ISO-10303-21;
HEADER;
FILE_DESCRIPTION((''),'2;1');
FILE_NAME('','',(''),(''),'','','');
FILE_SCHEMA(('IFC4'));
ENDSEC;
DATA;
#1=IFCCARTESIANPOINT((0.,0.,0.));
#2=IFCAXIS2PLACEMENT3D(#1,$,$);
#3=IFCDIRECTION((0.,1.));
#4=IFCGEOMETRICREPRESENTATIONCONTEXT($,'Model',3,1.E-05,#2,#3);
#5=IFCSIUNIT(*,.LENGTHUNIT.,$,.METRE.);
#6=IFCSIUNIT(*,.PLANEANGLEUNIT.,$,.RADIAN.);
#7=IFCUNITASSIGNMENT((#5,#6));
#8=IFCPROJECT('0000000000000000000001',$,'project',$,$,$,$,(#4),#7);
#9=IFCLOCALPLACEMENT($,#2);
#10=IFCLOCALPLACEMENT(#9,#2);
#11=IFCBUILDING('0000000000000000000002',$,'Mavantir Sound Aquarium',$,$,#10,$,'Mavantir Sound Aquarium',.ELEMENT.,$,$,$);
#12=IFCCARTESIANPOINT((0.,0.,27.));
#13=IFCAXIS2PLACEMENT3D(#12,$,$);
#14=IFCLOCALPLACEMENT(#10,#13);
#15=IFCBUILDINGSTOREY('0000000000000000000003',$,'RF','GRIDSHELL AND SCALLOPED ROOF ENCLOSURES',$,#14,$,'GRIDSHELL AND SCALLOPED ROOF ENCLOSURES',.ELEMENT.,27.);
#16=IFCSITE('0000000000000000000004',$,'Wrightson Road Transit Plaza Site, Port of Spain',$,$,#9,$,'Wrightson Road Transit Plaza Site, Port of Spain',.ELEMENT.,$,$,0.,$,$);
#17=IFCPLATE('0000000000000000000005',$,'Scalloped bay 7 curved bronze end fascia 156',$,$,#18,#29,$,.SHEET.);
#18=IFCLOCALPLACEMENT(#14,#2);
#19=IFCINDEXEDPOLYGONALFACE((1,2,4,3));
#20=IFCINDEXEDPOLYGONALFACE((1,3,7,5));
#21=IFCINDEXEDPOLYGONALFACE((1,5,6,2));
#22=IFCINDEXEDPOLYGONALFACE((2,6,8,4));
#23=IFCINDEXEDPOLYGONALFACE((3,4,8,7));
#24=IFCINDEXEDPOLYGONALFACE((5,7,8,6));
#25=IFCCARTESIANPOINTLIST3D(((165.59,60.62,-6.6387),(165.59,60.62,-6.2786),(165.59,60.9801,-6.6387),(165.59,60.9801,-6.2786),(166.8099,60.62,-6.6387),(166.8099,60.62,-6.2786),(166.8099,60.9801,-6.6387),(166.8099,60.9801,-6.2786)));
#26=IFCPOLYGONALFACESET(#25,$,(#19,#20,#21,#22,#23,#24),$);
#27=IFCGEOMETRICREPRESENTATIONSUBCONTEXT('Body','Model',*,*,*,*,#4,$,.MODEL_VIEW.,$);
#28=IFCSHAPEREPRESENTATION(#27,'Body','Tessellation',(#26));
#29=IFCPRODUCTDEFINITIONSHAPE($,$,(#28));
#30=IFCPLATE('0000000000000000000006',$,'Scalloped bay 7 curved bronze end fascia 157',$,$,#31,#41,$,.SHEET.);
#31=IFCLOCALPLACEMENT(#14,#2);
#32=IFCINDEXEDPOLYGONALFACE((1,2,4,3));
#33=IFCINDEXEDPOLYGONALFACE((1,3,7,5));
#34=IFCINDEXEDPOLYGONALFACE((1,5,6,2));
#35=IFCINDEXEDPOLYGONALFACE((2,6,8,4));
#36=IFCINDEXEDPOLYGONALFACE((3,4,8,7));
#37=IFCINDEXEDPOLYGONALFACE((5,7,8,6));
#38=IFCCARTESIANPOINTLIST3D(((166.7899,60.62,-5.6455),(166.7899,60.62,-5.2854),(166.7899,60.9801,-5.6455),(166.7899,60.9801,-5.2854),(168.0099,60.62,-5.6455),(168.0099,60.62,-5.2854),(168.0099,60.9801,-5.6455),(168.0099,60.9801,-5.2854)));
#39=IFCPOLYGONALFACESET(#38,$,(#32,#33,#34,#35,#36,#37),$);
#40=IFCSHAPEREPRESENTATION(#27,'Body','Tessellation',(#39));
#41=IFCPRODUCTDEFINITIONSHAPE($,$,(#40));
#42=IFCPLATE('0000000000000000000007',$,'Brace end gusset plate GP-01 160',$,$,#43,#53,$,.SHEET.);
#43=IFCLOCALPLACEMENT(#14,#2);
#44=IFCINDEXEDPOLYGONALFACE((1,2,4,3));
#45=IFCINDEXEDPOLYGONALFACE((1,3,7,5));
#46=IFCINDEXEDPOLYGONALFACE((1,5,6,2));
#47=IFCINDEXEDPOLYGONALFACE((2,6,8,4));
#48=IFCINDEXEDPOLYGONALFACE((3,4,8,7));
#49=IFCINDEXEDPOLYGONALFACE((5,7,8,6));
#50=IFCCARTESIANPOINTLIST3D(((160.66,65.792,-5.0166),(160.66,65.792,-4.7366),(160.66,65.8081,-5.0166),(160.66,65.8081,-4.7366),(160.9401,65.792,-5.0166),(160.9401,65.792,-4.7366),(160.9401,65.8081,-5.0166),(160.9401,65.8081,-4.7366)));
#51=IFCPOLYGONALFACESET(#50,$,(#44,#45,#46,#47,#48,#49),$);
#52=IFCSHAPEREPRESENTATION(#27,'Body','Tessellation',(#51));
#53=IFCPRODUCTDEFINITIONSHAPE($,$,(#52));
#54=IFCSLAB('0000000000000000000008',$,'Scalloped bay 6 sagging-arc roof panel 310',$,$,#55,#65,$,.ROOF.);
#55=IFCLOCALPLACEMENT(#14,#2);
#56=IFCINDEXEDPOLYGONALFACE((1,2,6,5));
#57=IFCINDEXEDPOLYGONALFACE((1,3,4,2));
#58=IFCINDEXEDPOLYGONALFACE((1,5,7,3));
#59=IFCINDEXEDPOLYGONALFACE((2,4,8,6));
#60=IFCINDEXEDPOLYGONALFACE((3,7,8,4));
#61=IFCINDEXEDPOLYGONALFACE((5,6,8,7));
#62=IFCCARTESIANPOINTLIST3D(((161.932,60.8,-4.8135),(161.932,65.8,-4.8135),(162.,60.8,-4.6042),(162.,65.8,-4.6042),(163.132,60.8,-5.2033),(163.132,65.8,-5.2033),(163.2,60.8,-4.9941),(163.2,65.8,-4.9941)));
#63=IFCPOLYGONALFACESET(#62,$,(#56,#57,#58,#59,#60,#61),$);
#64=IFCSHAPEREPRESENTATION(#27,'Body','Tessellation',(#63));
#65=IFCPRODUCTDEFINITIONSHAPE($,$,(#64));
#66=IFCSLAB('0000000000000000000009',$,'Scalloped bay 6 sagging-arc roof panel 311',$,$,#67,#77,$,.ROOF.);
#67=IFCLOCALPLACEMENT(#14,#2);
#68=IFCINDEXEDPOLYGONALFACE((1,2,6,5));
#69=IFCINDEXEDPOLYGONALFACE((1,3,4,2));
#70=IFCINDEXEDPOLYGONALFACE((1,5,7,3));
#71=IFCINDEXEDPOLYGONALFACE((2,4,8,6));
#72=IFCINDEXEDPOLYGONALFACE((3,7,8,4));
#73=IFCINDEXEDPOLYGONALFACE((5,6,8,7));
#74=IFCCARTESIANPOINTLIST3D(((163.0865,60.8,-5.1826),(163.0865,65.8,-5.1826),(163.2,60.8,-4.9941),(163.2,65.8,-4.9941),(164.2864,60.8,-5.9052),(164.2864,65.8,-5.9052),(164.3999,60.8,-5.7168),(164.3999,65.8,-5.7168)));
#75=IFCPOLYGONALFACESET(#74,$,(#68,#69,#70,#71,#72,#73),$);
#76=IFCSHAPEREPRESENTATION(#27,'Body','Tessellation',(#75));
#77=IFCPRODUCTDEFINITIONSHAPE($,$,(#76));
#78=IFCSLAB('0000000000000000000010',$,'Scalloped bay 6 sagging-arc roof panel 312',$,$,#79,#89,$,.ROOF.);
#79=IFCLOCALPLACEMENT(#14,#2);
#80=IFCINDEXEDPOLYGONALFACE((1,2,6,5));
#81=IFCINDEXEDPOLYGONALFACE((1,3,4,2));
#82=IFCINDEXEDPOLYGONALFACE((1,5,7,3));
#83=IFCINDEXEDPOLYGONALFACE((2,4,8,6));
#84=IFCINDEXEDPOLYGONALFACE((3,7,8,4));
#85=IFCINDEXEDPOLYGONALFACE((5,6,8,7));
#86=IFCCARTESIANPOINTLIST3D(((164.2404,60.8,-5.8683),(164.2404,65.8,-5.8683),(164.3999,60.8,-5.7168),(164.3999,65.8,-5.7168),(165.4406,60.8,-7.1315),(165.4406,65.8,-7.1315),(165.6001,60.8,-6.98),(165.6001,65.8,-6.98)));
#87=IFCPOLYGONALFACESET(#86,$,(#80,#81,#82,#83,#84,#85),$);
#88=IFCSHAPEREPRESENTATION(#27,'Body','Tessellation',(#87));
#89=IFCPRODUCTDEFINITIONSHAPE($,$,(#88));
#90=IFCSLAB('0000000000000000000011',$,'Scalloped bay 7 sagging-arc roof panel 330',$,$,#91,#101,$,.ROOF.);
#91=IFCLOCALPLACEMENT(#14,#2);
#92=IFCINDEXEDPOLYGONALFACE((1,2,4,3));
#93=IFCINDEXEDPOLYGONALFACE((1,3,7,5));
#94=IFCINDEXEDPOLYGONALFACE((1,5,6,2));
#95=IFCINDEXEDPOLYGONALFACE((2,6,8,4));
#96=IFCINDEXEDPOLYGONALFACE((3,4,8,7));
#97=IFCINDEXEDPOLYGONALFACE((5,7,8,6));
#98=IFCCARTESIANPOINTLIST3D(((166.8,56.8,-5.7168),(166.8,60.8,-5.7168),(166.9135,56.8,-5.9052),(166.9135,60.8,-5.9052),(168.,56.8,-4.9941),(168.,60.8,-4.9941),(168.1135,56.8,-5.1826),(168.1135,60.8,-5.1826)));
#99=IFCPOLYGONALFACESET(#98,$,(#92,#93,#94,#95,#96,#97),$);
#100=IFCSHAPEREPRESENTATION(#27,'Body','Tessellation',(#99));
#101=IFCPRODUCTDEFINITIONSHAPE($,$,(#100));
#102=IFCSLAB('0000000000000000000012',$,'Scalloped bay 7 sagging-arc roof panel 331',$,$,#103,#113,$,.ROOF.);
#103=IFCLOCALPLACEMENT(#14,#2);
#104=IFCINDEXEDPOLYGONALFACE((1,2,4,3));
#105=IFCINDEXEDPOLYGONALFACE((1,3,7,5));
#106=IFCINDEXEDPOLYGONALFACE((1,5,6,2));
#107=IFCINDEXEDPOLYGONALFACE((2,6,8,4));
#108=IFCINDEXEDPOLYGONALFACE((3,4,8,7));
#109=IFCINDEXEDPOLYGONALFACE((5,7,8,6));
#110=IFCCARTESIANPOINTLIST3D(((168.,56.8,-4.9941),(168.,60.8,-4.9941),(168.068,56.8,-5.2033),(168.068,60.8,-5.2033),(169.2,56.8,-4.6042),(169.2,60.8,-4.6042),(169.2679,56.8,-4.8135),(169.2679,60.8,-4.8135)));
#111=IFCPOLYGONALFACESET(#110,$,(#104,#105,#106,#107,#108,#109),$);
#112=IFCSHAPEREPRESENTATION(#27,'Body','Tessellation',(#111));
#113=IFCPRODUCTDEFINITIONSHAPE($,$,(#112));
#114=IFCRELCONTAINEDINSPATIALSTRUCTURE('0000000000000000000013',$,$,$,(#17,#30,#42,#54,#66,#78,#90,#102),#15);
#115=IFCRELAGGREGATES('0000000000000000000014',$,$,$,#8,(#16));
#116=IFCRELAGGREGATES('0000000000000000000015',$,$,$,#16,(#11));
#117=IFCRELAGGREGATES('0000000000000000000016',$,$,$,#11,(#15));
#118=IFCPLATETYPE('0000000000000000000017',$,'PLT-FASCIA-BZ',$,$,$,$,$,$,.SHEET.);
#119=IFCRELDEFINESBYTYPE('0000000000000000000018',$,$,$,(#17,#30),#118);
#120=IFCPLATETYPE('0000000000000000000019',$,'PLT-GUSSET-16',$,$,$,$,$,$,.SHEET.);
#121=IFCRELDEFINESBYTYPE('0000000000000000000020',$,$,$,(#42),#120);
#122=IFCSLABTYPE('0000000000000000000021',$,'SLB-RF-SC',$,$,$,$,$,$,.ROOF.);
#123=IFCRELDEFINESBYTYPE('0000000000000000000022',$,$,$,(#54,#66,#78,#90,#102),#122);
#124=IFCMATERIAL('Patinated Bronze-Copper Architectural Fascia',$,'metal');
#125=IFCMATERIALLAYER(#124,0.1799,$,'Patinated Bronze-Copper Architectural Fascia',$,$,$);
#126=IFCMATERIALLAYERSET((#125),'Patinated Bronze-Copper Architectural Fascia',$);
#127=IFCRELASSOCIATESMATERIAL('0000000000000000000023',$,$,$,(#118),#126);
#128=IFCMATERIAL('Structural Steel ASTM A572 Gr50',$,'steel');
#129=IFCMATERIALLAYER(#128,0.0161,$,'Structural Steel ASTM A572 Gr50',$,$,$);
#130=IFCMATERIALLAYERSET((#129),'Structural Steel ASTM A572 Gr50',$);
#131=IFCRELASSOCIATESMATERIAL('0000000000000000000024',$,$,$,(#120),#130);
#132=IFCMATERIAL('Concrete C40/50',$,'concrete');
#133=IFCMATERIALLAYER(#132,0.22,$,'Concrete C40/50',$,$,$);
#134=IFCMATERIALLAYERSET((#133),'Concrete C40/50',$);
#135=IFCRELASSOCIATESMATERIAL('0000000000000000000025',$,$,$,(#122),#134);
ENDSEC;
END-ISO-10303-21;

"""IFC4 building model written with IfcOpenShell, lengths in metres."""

from ifc_helpers import new_model, si_unit, direction, frame, origin, origin_2d, place, context, subcontext, project, spatial, polyline, rectangle, outline, extrude, material, layer, layer_set, type_object, element, save


model = new_model("IFC4")

# Units and contexts
model_context = context("Model", 3, precision=1e-05, world=origin(), true_north=direction((0.0, 1.0)))
body_context = subcontext(model_context, "Body", "Model", "MODEL_VIEW")
ifc_project = project(units=[si_unit("LENGTHUNIT", "METRE"), si_unit("PLANEANGLEUNIT", "RADIAN")], contexts=[model_context])

# Site, building, storey
site_placement = place(None, origin())
site = spatial("IfcSite", under=ifc_project, at=site_placement, Name="Wrightson Road Transit Plaza Site, Port of Spain", LongName="Wrightson Road Transit Plaza Site, Port of Spain", CompositionType="ELEMENT", RefElevation=0.0)
building_placement = place(site_placement, origin())
building = spatial("IfcBuilding", under=site, at=building_placement, Name="Mavantir Sound Aquarium", LongName="Mavantir Sound Aquarium", CompositionType="ELEMENT")
storey_placement = place(building_placement, frame((0.0, 0.0, 27.0)))
storey = spatial("IfcBuildingStorey", under=building, at=storey_placement, Name="RF", Description="GRIDSHELL AND SCALLOPED ROOF ENCLOSURES", LongName="GRIDSHELL AND SCALLOPED ROOF ENCLOSURES", CompositionType="ELEMENT", Elevation=27.0)

# Shared definitions
ifc_material_1 = material(Name="Concrete C40/50", Category="concrete")

# Plates
ifc_material_2 = material(Name="Structural Steel ASTM A572 Gr50", Category="steel")
ifc_material_3 = material(Name="Patinated Bronze-Copper Architectural Fascia", Category="metal")
ifc_layer_1 = layer(ifc_material_3, 0.1799, Name="Patinated Bronze-Copper Architectural Fascia")
ifc_layer_set_1 = layer_set([ifc_layer_1], Name="Patinated Bronze-Copper Architectural Fascia")
plate_type_1 = type_object("IfcPlateType", Name="PLT-FASCIA-BZ", PredefinedType="SHEET", material=ifc_layer_set_1)
for number, where, z_axis, x_axis, name in (
    (1, (166.2, 60.8, -6.6387), (0.0, 0.0, 1.0), (1.0, 0.0, 0.0), "Scalloped bay 7 curved bronze end fascia 156"),
    (2, (167.3999, 60.8, -5.6455), (0.0, 0.0, 1.0), (1.0, 0.0, 0.0), "Scalloped bay 7 curved bronze end fascia 157"),
):
    element("IfcPlate", number, at=place(storey_placement, frame(where, z_axis=z_axis, x_axis=x_axis)), inside=storey, type_object=plate_type_1, Name=name, PredefinedType="SHEET", context=body_context, shape_type="SweptSolid", body=[
        extrude(rectangle(XDim=1.22, YDim=0.3601, at=origin_2d()), origin(), (0.0, 0.0, 1.0), 0.3601),
    ])
ifc_layer_2 = layer(ifc_material_2, 0.0161, Name="Structural Steel ASTM A572 Gr50")
ifc_layer_set_2 = layer_set([ifc_layer_2], Name="Structural Steel ASTM A572 Gr50")
plate_type_2 = type_object("IfcPlateType", Name="PLT-GUSSET-16", PredefinedType="SHEET", material=ifc_layer_set_2)
plate_1_placement = place(storey_placement, frame((160.8, 65.8, -5.0166), z_axis=(0.0, 0.0, 1.0), x_axis=(1.0, 0.0, 0.0)))
element("IfcPlate", 3, at=plate_1_placement, inside=storey, type_object=plate_type_2, Name="Brace end gusset plate GP-01 160", PredefinedType="SHEET", context=body_context, shape_type="SweptSolid", body=[
    extrude(rectangle(XDim=0.28, YDim=0.0161, at=origin_2d()), origin(), (0.0, 0.0, 1.0), 0.28),
])

# Slabs
ifc_layer_3 = layer(ifc_material_1, 0.22, Name="Concrete C40/50")
ifc_layer_set_3 = layer_set([ifc_layer_3], Name="Concrete C40/50")
slab_type = type_object("IfcSlabType", Name="SLB-RF-SC", PredefinedType="ROOF", material=ifc_layer_set_3)
slab_1_placement = place(storey_placement, frame((162.0, 60.8, -4.6042), z_axis=(0.30902, 0.0, 0.951055), x_axis=(0.951055, 0.0, -0.30902)))
element("IfcSlab", 4, at=slab_1_placement, inside=storey, type_object=slab_type, Name="Scalloped bay 6 sagging-arc roof panel 310", PredefinedType="ROOF", context=body_context, shape_type="SweptSolid", body=[
    extrude(outline(polyline([(0.0, 0.0), (1.2617, 0.0), (1.2617, 5.0), (0.0, 5.0), (0.0, 0.0)])), origin(), (0.0, 0.0, -1.0), 0.22),
])
slab_2_placement = place(storey_placement, frame((163.2, 60.8, -4.9941), z_axis=(0.515905, 0.0, 0.856646), x_axis=(0.856646, 0.0, -0.515905)))
element("IfcSlab", 5, at=slab_2_placement, inside=storey, type_object=slab_type, Name="Scalloped bay 6 sagging-arc roof panel 311", PredefinedType="ROOF", context=body_context, shape_type="SweptSolid", body=[
    extrude(outline(polyline([(0.0, 0.0), (1.4008, 0.0), (1.4008, 5.0), (0.0, 5.0), (0.0, 0.0)])), origin(), (0.0, 0.0, -1.0), 0.22),
])
slab_3_placement = place(storey_placement, frame((164.3999, 60.8, -5.7168), z_axis=(0.72495, 0.0, 0.688801), x_axis=(0.688801, 0.0, -0.72495)))
element("IfcSlab", 6, at=slab_3_placement, inside=storey, type_object=slab_type, Name="Scalloped bay 6 sagging-arc roof panel 312", PredefinedType="ROOF", context=body_context, shape_type="SweptSolid", body=[
    extrude(outline(polyline([(0.0, 0.0), (1.7424, 0.0), (1.7424, 5.0), (0.0, 5.0), (0.0, 0.0)])), origin(), (0.0, 0.0, -1.0), 0.22),
])
slab_4_placement = place(storey_placement, frame((166.8, 56.8, -5.7168), z_axis=(-0.515905, 0.0, 0.856646), x_axis=(0.856646, 0.0, 0.515905)))
element("IfcSlab", 7, at=slab_4_placement, inside=storey, type_object=slab_type, Name="Scalloped bay 7 sagging-arc roof panel 330", PredefinedType="ROOF", context=body_context, shape_type="SweptSolid", body=[
    extrude(outline(polyline([(0.0, 0.0), (1.4008, 0.0), (1.4008, 4.0), (0.0, 4.0), (0.0, 0.0)])), origin(), (0.0, 0.0, -1.0), 0.22),
])
slab_5_placement = place(storey_placement, frame((168.0, 56.8, -4.9941), z_axis=(-0.30902, 0.0, 0.951055), x_axis=(0.951055, 0.0, 0.30902)))
element("IfcSlab", 8, at=slab_5_placement, inside=storey, type_object=slab_type, Name="Scalloped bay 7 sagging-arc roof panel 331", PredefinedType="ROOF", context=body_context, shape_type="SweptSolid", body=[
    extrude(outline(polyline([(0.0, 0.0), (1.2617, 0.0), (1.2617, 4.0), (0.0, 4.0), (0.0, 0.0)])), origin(), (0.0, 0.0, -1.0), 0.22),
])

save(model, "model.ifc")
